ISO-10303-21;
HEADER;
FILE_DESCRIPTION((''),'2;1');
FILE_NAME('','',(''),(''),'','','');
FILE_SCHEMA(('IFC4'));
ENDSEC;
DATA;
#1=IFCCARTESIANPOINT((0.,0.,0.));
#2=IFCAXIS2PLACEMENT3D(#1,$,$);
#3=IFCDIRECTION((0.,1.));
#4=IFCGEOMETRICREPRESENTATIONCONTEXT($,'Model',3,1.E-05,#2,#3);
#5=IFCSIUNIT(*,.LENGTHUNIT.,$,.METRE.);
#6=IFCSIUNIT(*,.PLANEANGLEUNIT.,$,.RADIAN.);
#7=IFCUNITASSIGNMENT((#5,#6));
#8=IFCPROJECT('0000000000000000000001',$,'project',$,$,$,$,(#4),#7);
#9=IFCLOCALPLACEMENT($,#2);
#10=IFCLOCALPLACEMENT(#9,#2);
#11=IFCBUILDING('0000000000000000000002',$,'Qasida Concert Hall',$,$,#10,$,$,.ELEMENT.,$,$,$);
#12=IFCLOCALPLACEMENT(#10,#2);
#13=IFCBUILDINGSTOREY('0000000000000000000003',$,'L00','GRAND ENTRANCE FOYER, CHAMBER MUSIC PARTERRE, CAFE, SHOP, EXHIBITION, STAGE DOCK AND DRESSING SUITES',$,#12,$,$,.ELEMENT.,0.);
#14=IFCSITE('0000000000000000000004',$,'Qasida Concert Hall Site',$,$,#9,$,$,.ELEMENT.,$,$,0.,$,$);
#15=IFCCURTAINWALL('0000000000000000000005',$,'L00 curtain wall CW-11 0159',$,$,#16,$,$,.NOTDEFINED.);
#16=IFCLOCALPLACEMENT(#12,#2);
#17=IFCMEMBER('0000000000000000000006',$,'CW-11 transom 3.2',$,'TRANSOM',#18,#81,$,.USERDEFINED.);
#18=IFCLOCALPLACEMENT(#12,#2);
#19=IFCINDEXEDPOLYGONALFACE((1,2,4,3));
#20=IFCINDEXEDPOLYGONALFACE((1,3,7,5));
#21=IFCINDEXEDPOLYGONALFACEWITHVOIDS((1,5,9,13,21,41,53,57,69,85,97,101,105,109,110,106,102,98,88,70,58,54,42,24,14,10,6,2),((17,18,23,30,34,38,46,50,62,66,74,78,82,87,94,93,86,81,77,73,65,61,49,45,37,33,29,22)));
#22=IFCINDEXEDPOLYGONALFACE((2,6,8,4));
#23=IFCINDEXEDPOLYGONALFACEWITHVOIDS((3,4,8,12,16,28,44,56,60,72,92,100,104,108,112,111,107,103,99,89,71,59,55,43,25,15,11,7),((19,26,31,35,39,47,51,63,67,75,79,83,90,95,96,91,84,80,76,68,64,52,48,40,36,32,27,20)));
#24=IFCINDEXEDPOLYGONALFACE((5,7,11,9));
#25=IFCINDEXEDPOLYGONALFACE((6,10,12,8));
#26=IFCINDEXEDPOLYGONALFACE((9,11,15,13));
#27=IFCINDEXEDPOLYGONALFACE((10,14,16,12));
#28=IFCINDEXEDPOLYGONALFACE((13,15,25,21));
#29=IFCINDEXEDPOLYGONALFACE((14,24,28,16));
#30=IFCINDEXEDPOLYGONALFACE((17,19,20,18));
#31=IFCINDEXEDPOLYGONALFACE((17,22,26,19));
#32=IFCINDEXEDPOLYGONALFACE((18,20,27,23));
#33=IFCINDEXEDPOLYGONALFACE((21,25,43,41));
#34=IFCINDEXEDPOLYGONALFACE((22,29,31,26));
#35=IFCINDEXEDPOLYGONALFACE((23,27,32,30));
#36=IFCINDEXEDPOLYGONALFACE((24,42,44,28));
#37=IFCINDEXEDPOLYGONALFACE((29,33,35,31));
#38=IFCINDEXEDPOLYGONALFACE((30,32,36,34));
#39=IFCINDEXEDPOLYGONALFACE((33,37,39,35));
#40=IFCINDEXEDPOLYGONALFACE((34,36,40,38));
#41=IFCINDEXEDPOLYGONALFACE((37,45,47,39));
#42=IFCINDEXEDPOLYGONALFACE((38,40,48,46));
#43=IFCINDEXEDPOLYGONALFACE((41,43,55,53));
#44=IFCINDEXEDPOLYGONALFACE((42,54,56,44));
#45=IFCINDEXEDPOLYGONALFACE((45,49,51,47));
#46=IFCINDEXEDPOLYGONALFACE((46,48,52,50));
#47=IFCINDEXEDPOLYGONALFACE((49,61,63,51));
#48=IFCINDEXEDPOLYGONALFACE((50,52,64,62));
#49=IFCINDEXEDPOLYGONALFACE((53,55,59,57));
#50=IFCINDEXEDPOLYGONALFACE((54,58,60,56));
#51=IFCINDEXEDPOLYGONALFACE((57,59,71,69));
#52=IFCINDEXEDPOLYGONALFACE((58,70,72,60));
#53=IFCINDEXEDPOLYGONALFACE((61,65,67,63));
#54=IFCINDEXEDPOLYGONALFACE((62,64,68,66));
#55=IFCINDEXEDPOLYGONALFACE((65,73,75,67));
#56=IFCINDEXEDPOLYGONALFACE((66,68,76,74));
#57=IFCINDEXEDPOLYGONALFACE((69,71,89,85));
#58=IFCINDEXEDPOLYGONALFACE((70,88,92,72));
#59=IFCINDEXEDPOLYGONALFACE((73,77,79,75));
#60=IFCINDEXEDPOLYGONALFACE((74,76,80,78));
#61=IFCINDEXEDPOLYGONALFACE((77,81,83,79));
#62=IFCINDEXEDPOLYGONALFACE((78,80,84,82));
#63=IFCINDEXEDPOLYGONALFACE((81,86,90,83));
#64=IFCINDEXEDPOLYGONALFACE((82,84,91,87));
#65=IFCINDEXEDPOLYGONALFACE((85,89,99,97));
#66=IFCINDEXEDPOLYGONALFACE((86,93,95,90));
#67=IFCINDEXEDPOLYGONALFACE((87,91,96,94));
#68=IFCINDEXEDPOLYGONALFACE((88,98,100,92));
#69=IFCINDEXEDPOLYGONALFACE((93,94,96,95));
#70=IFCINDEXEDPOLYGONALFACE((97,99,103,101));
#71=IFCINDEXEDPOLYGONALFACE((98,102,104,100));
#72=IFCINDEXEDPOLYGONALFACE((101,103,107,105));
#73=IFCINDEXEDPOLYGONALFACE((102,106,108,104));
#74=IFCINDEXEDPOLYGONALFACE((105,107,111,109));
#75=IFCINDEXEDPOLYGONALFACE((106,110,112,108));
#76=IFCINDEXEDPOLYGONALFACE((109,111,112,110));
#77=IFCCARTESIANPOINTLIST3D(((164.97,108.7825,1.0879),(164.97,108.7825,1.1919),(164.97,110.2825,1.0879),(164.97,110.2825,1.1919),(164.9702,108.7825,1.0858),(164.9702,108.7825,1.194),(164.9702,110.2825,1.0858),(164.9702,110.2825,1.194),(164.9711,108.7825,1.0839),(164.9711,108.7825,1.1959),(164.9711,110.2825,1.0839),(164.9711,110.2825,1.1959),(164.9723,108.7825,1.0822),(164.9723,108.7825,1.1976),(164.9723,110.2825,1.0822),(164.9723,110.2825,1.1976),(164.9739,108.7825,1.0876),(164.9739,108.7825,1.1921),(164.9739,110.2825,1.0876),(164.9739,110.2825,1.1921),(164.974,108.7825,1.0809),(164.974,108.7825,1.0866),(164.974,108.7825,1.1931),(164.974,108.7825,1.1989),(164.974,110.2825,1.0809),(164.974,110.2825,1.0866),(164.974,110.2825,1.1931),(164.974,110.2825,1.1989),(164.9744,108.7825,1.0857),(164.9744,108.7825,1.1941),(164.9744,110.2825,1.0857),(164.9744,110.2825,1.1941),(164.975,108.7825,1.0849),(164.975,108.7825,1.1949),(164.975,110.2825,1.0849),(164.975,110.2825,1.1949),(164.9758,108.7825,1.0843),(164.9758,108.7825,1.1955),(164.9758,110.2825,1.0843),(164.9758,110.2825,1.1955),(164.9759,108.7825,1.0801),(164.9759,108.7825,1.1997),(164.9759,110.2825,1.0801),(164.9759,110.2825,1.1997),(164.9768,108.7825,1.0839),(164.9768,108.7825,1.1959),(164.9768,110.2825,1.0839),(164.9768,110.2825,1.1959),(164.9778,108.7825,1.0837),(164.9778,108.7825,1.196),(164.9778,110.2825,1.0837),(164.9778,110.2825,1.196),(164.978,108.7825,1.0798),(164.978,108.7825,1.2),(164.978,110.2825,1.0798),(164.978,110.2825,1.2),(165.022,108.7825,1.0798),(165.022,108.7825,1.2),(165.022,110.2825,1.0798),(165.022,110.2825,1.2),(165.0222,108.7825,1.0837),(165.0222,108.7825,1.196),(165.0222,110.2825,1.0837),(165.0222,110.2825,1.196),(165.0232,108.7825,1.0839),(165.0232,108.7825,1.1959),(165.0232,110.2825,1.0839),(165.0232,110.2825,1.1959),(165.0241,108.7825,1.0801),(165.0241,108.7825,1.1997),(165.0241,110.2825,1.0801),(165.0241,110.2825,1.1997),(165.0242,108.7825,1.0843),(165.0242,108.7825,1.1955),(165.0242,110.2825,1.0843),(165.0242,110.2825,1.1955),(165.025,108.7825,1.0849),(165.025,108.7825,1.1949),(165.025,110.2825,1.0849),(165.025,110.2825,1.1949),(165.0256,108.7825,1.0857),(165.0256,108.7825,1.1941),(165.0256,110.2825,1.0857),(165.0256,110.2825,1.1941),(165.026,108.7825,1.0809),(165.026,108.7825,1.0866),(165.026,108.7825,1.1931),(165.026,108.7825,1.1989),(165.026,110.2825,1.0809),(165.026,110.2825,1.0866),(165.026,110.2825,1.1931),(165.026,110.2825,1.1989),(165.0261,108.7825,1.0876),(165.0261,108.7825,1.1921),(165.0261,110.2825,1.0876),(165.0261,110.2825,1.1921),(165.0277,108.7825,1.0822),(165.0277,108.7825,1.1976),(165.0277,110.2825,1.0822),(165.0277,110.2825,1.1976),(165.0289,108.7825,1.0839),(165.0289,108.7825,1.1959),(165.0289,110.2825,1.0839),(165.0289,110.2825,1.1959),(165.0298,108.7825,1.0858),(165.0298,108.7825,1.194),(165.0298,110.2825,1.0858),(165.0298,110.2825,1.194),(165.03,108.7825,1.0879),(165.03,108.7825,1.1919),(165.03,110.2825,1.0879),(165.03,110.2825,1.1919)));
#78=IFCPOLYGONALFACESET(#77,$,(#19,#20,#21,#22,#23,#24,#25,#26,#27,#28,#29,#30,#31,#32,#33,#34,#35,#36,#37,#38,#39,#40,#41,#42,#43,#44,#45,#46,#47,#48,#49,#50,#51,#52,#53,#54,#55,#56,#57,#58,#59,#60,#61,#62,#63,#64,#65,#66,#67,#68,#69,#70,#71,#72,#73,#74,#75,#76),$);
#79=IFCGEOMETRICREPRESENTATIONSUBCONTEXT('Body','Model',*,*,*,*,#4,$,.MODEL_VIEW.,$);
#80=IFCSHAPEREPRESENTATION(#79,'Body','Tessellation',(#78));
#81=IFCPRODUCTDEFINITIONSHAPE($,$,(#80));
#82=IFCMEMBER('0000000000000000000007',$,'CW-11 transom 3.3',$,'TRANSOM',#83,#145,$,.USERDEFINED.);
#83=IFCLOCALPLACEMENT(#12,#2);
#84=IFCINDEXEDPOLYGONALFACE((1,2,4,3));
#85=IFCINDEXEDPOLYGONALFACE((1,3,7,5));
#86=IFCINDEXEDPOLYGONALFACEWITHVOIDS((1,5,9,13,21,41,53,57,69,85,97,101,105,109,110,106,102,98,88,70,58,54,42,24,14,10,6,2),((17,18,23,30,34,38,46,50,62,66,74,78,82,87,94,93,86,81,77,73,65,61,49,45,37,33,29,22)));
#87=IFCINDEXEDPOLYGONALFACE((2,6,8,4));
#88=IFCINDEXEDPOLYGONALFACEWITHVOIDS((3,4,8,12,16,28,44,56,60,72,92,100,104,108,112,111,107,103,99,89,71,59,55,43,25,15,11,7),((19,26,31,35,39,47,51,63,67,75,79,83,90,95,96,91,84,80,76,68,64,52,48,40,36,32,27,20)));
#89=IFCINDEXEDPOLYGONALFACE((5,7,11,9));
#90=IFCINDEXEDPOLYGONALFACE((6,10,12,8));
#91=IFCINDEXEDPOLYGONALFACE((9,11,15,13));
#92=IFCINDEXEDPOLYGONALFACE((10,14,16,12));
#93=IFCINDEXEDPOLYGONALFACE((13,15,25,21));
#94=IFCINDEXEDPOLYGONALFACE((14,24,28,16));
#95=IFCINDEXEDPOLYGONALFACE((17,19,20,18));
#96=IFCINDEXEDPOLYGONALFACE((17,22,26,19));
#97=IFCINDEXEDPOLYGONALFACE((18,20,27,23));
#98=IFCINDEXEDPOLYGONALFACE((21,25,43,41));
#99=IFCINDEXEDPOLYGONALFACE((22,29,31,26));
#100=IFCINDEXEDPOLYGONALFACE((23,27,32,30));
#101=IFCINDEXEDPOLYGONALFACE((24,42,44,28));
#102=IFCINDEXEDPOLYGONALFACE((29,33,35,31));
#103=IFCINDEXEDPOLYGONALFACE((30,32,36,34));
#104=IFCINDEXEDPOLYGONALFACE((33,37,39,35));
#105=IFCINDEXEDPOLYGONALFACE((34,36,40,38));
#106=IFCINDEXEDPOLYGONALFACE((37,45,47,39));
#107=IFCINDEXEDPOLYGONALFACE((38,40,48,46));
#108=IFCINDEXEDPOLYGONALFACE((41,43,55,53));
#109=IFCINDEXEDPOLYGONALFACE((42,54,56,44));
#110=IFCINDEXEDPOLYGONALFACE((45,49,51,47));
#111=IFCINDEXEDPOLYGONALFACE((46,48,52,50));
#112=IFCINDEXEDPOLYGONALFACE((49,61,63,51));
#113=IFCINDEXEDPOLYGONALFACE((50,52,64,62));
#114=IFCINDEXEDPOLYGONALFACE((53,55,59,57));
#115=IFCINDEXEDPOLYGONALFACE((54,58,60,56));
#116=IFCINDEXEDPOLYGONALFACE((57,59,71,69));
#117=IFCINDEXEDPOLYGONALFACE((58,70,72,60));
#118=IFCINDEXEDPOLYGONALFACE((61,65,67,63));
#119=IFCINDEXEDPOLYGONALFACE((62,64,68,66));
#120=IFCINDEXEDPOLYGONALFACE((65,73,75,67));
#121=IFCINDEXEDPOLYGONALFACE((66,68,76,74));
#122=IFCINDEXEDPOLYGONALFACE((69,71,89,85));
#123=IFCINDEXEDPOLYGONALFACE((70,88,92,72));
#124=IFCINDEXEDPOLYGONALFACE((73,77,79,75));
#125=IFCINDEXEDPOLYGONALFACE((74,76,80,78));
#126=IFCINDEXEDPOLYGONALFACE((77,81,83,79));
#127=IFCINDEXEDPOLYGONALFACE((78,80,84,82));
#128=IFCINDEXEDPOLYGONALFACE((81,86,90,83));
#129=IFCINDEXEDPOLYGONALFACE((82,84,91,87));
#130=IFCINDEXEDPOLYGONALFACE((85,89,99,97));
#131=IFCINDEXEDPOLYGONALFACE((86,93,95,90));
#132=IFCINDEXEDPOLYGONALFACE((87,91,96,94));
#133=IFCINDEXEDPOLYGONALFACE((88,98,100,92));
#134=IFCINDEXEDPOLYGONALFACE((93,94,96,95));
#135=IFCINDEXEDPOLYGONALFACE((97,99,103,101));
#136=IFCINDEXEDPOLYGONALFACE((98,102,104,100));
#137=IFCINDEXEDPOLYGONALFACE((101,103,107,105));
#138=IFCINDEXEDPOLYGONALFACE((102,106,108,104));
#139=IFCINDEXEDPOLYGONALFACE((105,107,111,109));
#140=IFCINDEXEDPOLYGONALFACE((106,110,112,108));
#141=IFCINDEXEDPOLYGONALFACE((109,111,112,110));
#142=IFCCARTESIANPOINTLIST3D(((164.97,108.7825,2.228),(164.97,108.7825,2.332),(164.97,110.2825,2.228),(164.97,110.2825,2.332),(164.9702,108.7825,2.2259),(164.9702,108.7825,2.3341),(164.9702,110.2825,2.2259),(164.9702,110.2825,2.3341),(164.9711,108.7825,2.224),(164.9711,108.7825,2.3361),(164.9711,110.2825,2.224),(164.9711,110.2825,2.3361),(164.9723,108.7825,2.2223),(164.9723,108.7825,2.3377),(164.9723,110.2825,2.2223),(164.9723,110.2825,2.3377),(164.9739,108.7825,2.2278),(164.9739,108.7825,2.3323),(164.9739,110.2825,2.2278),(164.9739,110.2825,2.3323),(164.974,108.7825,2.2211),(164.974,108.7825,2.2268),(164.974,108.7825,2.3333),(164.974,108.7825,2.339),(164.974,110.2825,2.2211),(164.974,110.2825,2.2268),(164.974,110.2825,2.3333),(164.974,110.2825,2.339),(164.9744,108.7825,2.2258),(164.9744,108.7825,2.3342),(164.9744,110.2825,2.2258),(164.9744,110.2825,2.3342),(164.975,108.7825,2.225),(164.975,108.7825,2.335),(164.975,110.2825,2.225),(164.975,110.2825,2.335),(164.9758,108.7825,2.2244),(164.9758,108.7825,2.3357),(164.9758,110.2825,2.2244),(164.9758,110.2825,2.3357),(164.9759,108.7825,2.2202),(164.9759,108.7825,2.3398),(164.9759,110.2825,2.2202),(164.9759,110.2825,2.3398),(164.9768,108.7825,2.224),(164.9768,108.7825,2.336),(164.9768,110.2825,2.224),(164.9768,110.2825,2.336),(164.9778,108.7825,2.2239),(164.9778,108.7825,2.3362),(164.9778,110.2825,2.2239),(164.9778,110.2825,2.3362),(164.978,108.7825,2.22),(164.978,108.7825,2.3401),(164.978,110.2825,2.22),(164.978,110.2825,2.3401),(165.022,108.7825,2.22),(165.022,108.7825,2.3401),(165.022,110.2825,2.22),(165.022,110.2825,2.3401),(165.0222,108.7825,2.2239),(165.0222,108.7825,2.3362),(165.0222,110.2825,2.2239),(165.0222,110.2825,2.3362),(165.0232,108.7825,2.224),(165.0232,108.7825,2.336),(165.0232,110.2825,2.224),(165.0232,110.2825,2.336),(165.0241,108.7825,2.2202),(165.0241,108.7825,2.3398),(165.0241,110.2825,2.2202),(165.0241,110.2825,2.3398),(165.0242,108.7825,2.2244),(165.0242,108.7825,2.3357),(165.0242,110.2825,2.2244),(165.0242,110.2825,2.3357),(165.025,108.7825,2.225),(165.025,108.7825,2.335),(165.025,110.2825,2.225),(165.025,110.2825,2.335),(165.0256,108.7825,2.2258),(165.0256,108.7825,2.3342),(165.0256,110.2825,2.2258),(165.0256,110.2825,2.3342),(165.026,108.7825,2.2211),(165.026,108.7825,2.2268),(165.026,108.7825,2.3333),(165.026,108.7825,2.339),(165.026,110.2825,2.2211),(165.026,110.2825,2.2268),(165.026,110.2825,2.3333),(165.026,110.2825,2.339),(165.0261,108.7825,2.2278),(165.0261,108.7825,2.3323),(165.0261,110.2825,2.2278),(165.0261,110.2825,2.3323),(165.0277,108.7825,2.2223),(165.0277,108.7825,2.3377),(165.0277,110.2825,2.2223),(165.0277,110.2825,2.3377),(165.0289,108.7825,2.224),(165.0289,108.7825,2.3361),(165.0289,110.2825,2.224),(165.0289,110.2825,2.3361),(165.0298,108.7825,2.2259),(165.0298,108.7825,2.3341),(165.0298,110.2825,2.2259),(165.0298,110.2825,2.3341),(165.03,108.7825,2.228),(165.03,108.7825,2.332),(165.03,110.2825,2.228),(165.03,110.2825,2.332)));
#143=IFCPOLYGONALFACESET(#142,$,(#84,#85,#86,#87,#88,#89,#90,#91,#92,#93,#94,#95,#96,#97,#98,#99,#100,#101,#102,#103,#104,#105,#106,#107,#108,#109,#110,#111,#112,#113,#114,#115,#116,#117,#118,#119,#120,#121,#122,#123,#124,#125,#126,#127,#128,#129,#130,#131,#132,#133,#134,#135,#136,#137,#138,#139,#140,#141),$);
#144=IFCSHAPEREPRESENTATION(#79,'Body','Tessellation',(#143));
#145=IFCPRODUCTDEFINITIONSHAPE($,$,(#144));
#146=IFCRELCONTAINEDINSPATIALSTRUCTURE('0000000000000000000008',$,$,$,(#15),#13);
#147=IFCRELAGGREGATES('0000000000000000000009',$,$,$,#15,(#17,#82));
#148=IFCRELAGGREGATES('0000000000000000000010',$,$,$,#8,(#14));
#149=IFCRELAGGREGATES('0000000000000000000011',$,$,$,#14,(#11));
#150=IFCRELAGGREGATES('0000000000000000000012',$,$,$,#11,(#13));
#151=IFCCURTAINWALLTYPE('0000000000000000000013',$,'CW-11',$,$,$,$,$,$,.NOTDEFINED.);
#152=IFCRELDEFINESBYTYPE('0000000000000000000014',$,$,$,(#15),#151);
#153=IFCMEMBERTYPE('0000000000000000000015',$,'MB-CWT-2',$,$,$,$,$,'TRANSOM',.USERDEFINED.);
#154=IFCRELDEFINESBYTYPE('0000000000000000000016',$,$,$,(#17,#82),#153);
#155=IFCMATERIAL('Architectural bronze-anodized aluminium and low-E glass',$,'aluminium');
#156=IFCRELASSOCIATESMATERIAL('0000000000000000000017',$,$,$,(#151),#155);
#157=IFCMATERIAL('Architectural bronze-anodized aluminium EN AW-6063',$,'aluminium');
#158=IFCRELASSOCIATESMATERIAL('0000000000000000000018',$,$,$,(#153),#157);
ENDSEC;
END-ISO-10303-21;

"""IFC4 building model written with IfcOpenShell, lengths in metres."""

from ifc_helpers import new_model, si_unit, direction, frame, origin, origin_2d, place, context, subcontext, project, spatial, hollow_rectangle, extrude, material, material_profile, profile_set, type_object, element, aggregate, save


model = new_model("IFC4")

# Units and contexts
model_context = context("Model", 3, precision=1e-05, world=origin(), true_north=direction((0.0, 1.0)))
body_context = subcontext(model_context, "Body", "Model", "MODEL_VIEW")
ifc_project = project(units=[si_unit("LENGTHUNIT", "METRE"), si_unit("PLANEANGLEUNIT", "RADIAN")], contexts=[model_context])

# Site, building, storey
site_placement = place(None, origin())
site = spatial("IfcSite", under=ifc_project, at=site_placement, Name="Qasida Concert Hall Site", CompositionType="ELEMENT", RefElevation=0.0)
building_placement = place(site_placement, origin())
building = spatial("IfcBuilding", under=site, at=building_placement, Name="Qasida Concert Hall", CompositionType="ELEMENT")
storey_placement = place(building_placement, origin())
storey = spatial("IfcBuildingStorey", under=building, at=storey_placement, Name="L00", Description="GRAND ENTRANCE FOYER, CHAMBER MUSIC PARTERRE, CAFE, SHOP, EXHIBITION, STAGE DOCK AND DRESSING SUITES", CompositionType="ELEMENT", Elevation=0.0)

# Curtain wall, members
ifc_material_1 = material(Name="Architectural bronze-anodized aluminium and low-E glass", Category="aluminium")
curtain_wall_type = type_object("IfcCurtainWallType", Name="CW-11", PredefinedType="NOTDEFINED", material=ifc_material_1)
curtain_wall_placement = place(storey_placement, origin())
curtain_wall = element("IfcCurtainWall", 1, at=curtain_wall_placement, inside=storey, type_object=curtain_wall_type, Name="L00 curtain wall CW-11 0159", PredefinedType="NOTDEFINED")
ifc_material_2 = material(Name="Architectural bronze-anodized aluminium EN AW-6063", Category="aluminium")
ifc_material_profile_1 = material_profile(ifc_material_2, hollow_rectangle(XDim=0.0601, YDim=0.1201, WallThickness=0.0039, InnerFilletRadius=0.0039, OuterFilletRadius=0.0081, at=origin_2d()), Name="CWT 120x60x4")
ifc_profile_set_1 = profile_set([ifc_material_profile_1], Name="Architectural bronze-anodized aluminium EN AW-6063")
member_type_1 = type_object("IfcMemberType", Name="MB-CWT-2", ElementType="TRANSOM", PredefinedType="USERDEFINED", material=ifc_profile_set_1)
member_1_placement = place(storey_placement, frame((165.0, 108.7825, 1.1399), z_axis=(0.0, 1.0, 0.0), x_axis=(-1.0, 0.0, 0.0)))
member_1 = element("IfcMember", 2, at=member_1_placement, type_object=member_type_1, Name="CW-11 transom 3.2", ObjectType="TRANSOM", PredefinedType="USERDEFINED", context=body_context, shape_type="SweptSolid", body=[
    extrude(hollow_rectangle(XDim=0.0601, YDim=0.1201, WallThickness=0.0039, InnerFilletRadius=0.0039, OuterFilletRadius=0.0081, at=origin_2d()), origin(), (0.0, 0.0, 1.0), 1.5),
])
member_2_placement = place(storey_placement, frame((165.0, 108.7825, 2.28), z_axis=(0.0, 1.0, 0.0), x_axis=(-1.0, 0.0, 0.0)))
member_2 = element("IfcMember", 3, at=member_2_placement, type_object=member_type_1, Name="CW-11 transom 3.3", ObjectType="TRANSOM", PredefinedType="USERDEFINED", context=body_context, shape_type="SweptSolid", body=[
    extrude(hollow_rectangle(XDim=0.0601, YDim=0.1201, WallThickness=0.0039, InnerFilletRadius=0.0039, OuterFilletRadius=0.0081, at=origin_2d()), origin(), (0.0, 0.0, 1.0), 1.5),
])
aggregate(curtain_wall, [member_1, member_2])

save(model, "model.ifc")
